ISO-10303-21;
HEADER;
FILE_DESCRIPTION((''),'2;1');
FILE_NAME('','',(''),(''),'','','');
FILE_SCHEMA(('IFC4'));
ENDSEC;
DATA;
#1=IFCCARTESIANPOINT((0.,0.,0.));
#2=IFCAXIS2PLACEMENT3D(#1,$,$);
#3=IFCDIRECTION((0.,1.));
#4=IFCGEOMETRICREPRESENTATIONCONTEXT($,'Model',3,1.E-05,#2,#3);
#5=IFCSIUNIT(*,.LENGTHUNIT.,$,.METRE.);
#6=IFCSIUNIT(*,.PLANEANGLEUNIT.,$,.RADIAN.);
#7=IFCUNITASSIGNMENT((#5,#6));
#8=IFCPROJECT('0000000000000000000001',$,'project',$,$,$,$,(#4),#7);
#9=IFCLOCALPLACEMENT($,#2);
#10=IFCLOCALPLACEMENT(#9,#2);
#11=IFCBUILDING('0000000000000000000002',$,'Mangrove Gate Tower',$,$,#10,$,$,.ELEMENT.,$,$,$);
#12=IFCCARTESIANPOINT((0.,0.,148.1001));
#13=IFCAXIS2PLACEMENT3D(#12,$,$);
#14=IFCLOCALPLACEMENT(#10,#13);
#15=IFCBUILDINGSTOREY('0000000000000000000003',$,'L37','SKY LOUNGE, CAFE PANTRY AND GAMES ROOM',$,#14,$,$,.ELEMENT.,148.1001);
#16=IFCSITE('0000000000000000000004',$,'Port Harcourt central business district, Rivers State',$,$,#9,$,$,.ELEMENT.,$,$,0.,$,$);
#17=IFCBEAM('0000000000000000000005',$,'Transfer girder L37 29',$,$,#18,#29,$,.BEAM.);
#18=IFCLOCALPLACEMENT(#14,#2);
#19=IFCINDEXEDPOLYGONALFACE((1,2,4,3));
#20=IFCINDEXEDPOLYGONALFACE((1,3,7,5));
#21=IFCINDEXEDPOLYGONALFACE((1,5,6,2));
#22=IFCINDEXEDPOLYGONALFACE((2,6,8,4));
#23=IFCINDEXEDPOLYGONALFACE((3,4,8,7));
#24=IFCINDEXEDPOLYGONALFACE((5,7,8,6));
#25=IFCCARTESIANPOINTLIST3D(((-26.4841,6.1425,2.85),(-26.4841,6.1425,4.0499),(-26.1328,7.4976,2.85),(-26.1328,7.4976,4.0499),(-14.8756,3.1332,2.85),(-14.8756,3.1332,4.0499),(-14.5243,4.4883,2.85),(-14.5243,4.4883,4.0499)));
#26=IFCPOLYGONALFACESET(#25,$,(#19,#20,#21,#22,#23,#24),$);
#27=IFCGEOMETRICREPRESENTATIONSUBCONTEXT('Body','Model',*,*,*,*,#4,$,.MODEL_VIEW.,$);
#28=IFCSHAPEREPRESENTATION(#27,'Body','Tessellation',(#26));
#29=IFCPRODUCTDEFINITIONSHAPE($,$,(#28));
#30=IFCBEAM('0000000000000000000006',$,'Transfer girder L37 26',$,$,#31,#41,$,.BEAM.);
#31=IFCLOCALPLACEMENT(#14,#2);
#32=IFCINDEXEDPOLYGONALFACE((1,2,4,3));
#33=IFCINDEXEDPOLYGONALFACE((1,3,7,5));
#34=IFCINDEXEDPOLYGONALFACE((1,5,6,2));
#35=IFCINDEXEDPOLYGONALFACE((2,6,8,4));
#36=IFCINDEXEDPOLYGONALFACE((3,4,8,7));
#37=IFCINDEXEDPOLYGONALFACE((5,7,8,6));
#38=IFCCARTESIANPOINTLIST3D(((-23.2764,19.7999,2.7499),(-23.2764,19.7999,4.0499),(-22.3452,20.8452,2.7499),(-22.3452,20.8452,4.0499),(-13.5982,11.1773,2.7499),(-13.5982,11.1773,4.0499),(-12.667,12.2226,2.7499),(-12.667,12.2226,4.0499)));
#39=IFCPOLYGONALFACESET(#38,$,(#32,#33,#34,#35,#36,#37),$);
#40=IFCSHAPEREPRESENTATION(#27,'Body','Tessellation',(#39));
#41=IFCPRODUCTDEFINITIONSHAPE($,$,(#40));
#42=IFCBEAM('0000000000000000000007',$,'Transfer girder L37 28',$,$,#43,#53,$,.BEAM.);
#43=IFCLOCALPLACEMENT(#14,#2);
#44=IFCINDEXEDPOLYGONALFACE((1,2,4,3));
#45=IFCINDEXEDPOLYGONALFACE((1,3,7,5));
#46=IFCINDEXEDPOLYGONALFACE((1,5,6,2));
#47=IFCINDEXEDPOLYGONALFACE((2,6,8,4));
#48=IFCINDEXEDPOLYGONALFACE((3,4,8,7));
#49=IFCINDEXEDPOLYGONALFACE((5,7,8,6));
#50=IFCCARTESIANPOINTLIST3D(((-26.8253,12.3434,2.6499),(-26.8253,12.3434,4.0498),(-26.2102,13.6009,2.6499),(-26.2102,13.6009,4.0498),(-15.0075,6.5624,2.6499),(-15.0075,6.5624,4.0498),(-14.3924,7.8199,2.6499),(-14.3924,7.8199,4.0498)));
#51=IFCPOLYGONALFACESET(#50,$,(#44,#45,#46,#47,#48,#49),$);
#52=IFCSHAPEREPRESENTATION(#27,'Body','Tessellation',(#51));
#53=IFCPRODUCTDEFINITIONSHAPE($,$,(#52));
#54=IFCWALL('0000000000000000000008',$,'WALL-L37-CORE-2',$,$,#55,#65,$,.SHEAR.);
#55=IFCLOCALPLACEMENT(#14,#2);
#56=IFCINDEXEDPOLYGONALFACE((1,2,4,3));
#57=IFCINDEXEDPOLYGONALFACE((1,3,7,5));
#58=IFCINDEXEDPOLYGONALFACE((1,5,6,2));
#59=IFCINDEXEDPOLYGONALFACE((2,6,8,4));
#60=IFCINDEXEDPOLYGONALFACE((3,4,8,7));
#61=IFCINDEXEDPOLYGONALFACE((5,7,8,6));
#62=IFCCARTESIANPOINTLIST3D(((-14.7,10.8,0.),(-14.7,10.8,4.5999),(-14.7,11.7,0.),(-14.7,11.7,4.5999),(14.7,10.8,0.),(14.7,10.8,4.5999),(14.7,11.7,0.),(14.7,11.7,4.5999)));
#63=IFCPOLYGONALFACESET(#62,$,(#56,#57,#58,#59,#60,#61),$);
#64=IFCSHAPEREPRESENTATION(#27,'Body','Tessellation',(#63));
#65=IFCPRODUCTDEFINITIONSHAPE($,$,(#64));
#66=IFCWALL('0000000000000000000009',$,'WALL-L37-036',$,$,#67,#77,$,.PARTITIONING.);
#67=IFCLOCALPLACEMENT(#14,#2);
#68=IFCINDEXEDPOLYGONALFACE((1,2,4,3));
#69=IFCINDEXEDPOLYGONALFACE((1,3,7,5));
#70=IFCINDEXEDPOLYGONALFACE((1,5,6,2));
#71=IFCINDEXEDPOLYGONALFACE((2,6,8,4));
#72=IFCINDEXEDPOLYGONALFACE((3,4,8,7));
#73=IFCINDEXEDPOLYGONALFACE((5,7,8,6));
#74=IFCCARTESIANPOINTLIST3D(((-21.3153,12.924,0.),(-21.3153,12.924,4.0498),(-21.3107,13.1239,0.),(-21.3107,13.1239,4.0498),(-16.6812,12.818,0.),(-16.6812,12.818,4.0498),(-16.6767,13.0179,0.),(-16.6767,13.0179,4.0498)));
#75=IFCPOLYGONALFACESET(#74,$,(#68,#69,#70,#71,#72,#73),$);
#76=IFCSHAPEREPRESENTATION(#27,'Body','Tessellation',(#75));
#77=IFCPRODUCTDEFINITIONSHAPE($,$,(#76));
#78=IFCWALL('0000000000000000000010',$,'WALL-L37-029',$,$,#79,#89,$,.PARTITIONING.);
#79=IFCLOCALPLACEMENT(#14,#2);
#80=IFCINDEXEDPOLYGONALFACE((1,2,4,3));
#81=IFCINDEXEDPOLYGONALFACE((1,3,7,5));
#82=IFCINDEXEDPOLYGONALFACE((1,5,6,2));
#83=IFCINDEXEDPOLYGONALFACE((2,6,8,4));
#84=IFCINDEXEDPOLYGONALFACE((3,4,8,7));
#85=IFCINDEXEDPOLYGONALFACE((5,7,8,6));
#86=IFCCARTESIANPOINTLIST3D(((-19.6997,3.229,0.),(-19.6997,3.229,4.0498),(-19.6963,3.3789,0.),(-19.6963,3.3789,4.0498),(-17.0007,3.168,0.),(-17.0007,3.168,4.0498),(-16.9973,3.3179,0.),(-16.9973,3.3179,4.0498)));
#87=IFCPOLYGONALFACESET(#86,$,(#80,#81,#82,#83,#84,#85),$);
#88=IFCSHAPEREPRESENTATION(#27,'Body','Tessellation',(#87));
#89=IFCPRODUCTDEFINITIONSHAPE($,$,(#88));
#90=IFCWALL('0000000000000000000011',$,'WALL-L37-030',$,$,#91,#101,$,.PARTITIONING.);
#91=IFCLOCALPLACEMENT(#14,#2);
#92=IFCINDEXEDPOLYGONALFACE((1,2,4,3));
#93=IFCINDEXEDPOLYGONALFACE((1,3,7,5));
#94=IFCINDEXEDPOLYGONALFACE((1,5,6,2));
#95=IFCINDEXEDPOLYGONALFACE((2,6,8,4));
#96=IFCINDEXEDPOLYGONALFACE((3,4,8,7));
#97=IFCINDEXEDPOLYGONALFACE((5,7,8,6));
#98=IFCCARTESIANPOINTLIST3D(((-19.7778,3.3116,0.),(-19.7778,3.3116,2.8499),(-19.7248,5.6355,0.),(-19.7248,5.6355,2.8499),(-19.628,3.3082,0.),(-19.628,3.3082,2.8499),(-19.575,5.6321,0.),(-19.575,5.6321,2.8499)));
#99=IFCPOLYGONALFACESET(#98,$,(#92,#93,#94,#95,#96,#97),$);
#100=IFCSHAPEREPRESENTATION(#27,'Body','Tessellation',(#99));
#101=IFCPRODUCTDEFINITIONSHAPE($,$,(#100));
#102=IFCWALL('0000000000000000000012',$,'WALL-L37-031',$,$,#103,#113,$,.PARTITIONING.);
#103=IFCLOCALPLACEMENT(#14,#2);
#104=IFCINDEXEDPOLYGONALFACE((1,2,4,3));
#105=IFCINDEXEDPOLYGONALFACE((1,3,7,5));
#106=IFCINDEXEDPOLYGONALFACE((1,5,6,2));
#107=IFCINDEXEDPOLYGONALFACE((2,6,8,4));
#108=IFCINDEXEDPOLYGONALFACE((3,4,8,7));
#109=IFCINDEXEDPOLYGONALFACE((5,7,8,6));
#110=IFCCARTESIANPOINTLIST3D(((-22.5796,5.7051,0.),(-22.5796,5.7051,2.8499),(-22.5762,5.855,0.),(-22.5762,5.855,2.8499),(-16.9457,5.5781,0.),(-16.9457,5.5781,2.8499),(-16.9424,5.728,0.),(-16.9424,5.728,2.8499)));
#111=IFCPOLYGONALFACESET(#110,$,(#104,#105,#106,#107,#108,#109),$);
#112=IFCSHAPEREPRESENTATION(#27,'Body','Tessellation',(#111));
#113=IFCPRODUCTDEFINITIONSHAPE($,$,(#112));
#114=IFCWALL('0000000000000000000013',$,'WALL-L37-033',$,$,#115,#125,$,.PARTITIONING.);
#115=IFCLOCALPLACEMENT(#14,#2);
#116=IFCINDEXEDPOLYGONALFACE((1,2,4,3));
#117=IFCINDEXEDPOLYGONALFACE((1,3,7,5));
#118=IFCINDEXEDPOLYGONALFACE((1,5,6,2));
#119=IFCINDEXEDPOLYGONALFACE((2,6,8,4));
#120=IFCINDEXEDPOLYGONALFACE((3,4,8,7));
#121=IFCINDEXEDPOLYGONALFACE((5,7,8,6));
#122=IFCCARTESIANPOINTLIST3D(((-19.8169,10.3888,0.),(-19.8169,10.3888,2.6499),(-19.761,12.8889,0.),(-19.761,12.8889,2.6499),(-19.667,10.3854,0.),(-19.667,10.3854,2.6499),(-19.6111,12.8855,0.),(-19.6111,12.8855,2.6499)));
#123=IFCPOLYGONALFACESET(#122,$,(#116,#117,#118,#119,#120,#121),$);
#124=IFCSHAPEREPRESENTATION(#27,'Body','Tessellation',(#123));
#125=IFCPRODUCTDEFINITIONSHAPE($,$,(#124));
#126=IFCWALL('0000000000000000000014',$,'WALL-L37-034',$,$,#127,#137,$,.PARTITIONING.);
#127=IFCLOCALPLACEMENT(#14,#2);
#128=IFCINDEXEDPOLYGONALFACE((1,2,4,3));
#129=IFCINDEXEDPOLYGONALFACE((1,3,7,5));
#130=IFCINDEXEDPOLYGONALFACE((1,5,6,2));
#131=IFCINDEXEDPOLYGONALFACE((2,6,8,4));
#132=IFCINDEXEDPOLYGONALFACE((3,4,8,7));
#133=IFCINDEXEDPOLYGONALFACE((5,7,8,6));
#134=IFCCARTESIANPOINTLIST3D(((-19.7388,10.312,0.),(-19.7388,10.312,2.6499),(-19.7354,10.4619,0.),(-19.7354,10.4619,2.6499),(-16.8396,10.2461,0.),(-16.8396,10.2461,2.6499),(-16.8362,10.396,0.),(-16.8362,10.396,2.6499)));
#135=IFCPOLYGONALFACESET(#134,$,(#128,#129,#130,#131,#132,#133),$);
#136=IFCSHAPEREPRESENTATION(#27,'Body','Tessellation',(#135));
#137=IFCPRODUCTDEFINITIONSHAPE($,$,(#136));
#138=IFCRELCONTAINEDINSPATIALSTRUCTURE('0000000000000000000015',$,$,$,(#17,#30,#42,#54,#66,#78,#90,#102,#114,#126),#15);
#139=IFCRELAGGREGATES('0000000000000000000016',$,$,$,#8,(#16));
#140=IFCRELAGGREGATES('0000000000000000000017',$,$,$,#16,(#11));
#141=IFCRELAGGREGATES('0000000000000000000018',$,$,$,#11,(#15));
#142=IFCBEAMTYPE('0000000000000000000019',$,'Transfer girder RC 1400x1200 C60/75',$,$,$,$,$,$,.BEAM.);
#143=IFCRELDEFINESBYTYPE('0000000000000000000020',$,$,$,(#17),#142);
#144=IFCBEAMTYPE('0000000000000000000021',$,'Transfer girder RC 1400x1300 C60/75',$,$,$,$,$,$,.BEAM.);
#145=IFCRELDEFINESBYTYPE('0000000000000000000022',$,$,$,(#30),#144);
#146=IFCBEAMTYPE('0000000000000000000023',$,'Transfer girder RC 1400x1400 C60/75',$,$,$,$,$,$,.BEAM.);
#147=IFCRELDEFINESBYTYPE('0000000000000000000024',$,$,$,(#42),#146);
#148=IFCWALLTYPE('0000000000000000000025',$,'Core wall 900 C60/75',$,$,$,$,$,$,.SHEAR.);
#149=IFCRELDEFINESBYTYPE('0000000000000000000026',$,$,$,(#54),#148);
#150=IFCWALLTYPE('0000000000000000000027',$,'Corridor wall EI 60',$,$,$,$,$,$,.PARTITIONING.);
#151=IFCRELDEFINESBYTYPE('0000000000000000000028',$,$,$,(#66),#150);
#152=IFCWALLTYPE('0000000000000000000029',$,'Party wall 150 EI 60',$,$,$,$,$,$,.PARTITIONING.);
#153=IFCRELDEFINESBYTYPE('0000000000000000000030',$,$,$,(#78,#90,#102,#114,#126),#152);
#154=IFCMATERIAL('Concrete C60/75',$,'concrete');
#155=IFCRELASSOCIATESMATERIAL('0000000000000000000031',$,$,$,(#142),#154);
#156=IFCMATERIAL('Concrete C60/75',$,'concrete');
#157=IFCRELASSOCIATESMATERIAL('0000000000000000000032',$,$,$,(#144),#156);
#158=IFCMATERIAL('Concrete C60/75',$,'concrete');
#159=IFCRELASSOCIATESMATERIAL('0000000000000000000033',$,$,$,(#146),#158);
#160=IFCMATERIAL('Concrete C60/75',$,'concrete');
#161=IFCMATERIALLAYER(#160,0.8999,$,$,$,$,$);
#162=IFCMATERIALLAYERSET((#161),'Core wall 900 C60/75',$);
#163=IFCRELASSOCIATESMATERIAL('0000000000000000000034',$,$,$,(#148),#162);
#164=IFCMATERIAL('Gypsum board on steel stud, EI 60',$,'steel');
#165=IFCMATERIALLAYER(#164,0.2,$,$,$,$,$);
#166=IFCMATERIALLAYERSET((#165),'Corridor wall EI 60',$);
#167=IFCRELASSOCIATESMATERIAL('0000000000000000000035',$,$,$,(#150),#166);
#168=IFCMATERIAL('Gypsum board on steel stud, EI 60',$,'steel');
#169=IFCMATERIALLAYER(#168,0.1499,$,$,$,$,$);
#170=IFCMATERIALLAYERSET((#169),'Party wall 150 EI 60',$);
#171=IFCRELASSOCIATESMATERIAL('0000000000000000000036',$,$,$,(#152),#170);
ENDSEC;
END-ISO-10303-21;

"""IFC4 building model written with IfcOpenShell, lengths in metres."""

from ifc_helpers import new_model, si_unit, direction, frame, frame_2d, origin, origin_2d, place, context, subcontext, project, spatial, rectangle, extrude, material, layer, layer_set, material_profile, profile_set, type_object, element, save


model = new_model("IFC4")

# Units and contexts
model_context = context("Model", 3, precision=1e-05, world=origin(), true_north=direction((0.0, 1.0)))
body_context = subcontext(model_context, "Body", "Model", "MODEL_VIEW")
ifc_project = project(units=[si_unit("LENGTHUNIT", "METRE"), si_unit("PLANEANGLEUNIT", "RADIAN")], contexts=[model_context])

# Site, building, storey
site_placement = place(None, origin())
site = spatial("IfcSite", under=ifc_project, at=site_placement, Name="Port Harcourt central business district, Rivers State", CompositionType="ELEMENT", RefElevation=0.0)
building_placement = place(site_placement, origin())
building = spatial("IfcBuilding", under=site, at=building_placement, Name="Mangrove Gate Tower", CompositionType="ELEMENT")
storey_placement = place(building_placement, frame((0.0, 0.0, 148.1001)))
storey = spatial("IfcBuildingStorey", under=building, at=storey_placement, Name="L37", Description="SKY LOUNGE, CAFE PANTRY AND GAMES ROOM", CompositionType="ELEMENT", Elevation=148.1001)

# Beams
ifc_material_1 = material(Name="Concrete C60/75", Category="concrete")
ifc_material_profile_1 = material_profile(ifc_material_1, rectangle(XDim=1.3999, YDim=1.2, at=origin_2d()))
ifc_profile_set_1 = profile_set([ifc_material_profile_1], Name="Concrete C60/75")
beam_type_1 = type_object("IfcBeamType", Name="Transfer girder RC 1400x1200 C60/75", PredefinedType="BEAM", material=ifc_profile_set_1)
beam_1_placement = place(storey_placement, frame((-14.7, 3.8108, 3.45), z_axis=(-0.968003, 0.250938, 0.0), x_axis=(-0.250938, -0.968003, 0.0)))
element("IfcBeam", 1, at=beam_1_placement, inside=storey, type_object=beam_type_1, Name="Transfer girder L37 29", PredefinedType="BEAM", context=body_context, shape_type="SweptSolid", body=[
    extrude(rectangle(XDim=1.3999, YDim=1.2, at=origin_2d()), origin(), (0.0, 0.0, 1.0), 11.9922),
])
ifc_material_2 = material(Name="Concrete C60/75", Category="concrete")
ifc_material_profile_2 = material_profile(ifc_material_2, rectangle(XDim=1.3999, YDim=1.3, at=origin_2d()))
ifc_profile_set_2 = profile_set([ifc_material_profile_2], Name="Concrete C60/75")
beam_type_2 = type_object("IfcBeamType", Name="Transfer girder RC 1400x1300 C60/75", PredefinedType="BEAM", material=ifc_profile_set_2)
beam_2_placement = place(storey_placement, frame((-13.1326, 11.7, 3.3999), z_axis=(-0.746654, 0.665212, 0.0), x_axis=(-0.665212, -0.746654, 0.0)))
element("IfcBeam", 2, at=beam_2_placement, inside=storey, type_object=beam_type_2, Name="Transfer girder L37 26", PredefinedType="BEAM", context=body_context, shape_type="SweptSolid", body=[
    extrude(rectangle(XDim=1.3999, YDim=1.3, at=origin_2d()), origin(), (0.0, 0.0, 1.0), 12.9622),
])
ifc_material_3 = material(Name="Concrete C60/75", Category="concrete")
ifc_material_profile_3 = material_profile(ifc_material_3, rectangle(XDim=1.3999, YDim=1.3999, at=origin_2d()))
ifc_profile_set_3 = profile_set([ifc_material_profile_3], Name="Concrete C60/75")
beam_type_3 = type_object("IfcBeamType", Name="Transfer girder RC 1400x1400 C60/75", PredefinedType="BEAM", material=ifc_profile_set_3)
beam_3_placement = place(storey_placement, frame((-14.7, 7.1912, 3.3499), z_axis=(-0.898283, 0.439417, 0.0), x_axis=(-0.439417, -0.898283, 0.0)))
element("IfcBeam", 3, at=beam_3_placement, inside=storey, type_object=beam_type_3, Name="Transfer girder L37 28", PredefinedType="BEAM", context=body_context, shape_type="SweptSolid", body=[
    extrude(rectangle(XDim=1.3999, YDim=1.3999, at=origin_2d()), origin(), (0.0, 0.0, 1.0), 13.156),
])

# Walls
ifc_material_4 = material(Name="Concrete C60/75", Category="concrete")
ifc_layer_1 = layer(ifc_material_4, 0.8999)
ifc_layer_set_1 = layer_set([ifc_layer_1], Name="Core wall 900 C60/75")
wall_type_1 = type_object("IfcWallType", Name="Core wall 900 C60/75", PredefinedType="SHEAR", material=ifc_layer_set_1)
wall_1_placement = place(storey_placement, frame((-14.7, 11.25, 0.0), z_axis=(0.0, 0.0, 1.0), x_axis=(1.0, 0.0, 0.0)))
element("IfcWall", 4, at=wall_1_placement, inside=storey, type_object=wall_type_1, Name="WALL-L37-CORE-2", PredefinedType="SHEAR", context=body_context, shape_type="SweptSolid", body=[
    extrude(rectangle(XDim=29.3999, YDim=0.8999, at=frame_2d((14.7, 0.0))), origin(), (0.0, 0.0, 1.0), 4.5999),
])
ifc_material_5 = material(Name="Gypsum board on steel stud, EI 60", Category="steel")
ifc_layer_2 = layer(ifc_material_5, 0.2)
ifc_layer_set_2 = layer_set([ifc_layer_2], Name="Corridor wall EI 60")
wall_type_2 = type_object("IfcWallType", Name="Corridor wall EI 60", PredefinedType="PARTITIONING", material=ifc_layer_set_2)
wall_2_placement = place(storey_placement, frame((-21.313, 13.0239, 0.0), z_axis=(0.0, 0.0, 1.0), x_axis=(0.999739, -0.022859, 0.0)))
element("IfcWall", 5, at=wall_2_placement, inside=storey, type_object=wall_type_2, Name="WALL-L37-036", PredefinedType="PARTITIONING", context=body_context, shape_type="SweptSolid", body=[
    extrude(rectangle(XDim=4.6353, YDim=0.2, at=frame_2d((2.3176, 0.0))), origin(), (0.0, 0.0, 1.0), 4.0498),
])
ifc_material_6 = material(Name="Gypsum board on steel stud, EI 60", Category="steel")
ifc_layer_3 = layer(ifc_material_6, 0.1499)
ifc_layer_set_3 = layer_set([ifc_layer_3], Name="Party wall 150 EI 60")
wall_type_3 = type_object("IfcWallType", Name="Party wall 150 EI 60", PredefinedType="PARTITIONING", material=ifc_layer_set_3)
wall_3_placement = place(storey_placement, frame((-19.698, 3.304, 0.0), z_axis=(0.0, 0.0, 1.0), x_axis=(0.999744, -0.022608, 0.0)))
element("IfcWall", 6, at=wall_3_placement, inside=storey, type_object=wall_type_3, Name="WALL-L37-029", PredefinedType="PARTITIONING", context=body_context, shape_type="SweptSolid", body=[
    extrude(rectangle(XDim=2.6997, YDim=0.1499, at=frame_2d((1.3499, 0.0))), origin(), (0.0, 0.0, 1.0), 4.0498),
])
wall_4_placement = place(storey_placement, frame((-19.7029, 3.3101, 0.0), z_axis=(0.0, 0.0, 1.0), x_axis=(0.022791, 0.99974, 0.0)))
element("IfcWall", 7, at=wall_4_placement, inside=storey, type_object=wall_type_3, Name="WALL-L37-030", PredefinedType="PARTITIONING", context=body_context, shape_type="SweptSolid", body=[
    extrude(rectangle(XDim=2.3245, YDim=0.1499, at=frame_2d((1.1621, 0.0))), origin(), (0.0, 0.0, 1.0), 2.8499),
])
wall_5_placement = place(storey_placement, frame((-22.5779, 5.78, 0.0), z_axis=(0.0, 0.0, 1.0), x_axis=(0.999746, -0.022529, 0.0)))
element("IfcWall", 8, at=wall_5_placement, inside=storey, type_object=wall_type_3, Name="WALL-L37-031", PredefinedType="PARTITIONING", context=body_context, shape_type="SweptSolid", body=[
    extrude(rectangle(XDim=5.6353, YDim=0.1499, at=frame_2d((2.8176, 0.0))), origin(), (0.0, 0.0, 1.0), 2.8499),
])
wall_6_placement = place(storey_placement, frame((-19.7419, 10.387, 0.0), z_axis=(0.0, 0.0, 1.0), x_axis=(0.022358, 0.99975, 0.0)))
element("IfcWall", 9, at=wall_6_placement, inside=storey, type_object=wall_type_3, Name="WALL-L37-033", PredefinedType="PARTITIONING", context=body_context, shape_type="SweptSolid", body=[
    extrude(rectangle(XDim=2.5007, YDim=0.1499, at=frame_2d((1.2505, 0.0))), origin(), (0.0, 0.0, 1.0), 2.6499),
])
wall_7_placement = place(storey_placement, frame((-19.7371, 10.387, 0.0), z_axis=(0.0, 0.0, 1.0), x_axis=(0.999742, -0.022731, 0.0)))
element("IfcWall", 10, at=wall_7_placement, inside=storey, type_object=wall_type_3, Name="WALL-L37-034", PredefinedType="PARTITIONING", context=body_context, shape_type="SweptSolid", body=[
    extrude(rectangle(XDim=2.8999, YDim=0.1499, at=frame_2d((1.45, 0.0))), origin(), (0.0, 0.0, 1.0), 2.6499),
])

save(model, "model.ifc")
